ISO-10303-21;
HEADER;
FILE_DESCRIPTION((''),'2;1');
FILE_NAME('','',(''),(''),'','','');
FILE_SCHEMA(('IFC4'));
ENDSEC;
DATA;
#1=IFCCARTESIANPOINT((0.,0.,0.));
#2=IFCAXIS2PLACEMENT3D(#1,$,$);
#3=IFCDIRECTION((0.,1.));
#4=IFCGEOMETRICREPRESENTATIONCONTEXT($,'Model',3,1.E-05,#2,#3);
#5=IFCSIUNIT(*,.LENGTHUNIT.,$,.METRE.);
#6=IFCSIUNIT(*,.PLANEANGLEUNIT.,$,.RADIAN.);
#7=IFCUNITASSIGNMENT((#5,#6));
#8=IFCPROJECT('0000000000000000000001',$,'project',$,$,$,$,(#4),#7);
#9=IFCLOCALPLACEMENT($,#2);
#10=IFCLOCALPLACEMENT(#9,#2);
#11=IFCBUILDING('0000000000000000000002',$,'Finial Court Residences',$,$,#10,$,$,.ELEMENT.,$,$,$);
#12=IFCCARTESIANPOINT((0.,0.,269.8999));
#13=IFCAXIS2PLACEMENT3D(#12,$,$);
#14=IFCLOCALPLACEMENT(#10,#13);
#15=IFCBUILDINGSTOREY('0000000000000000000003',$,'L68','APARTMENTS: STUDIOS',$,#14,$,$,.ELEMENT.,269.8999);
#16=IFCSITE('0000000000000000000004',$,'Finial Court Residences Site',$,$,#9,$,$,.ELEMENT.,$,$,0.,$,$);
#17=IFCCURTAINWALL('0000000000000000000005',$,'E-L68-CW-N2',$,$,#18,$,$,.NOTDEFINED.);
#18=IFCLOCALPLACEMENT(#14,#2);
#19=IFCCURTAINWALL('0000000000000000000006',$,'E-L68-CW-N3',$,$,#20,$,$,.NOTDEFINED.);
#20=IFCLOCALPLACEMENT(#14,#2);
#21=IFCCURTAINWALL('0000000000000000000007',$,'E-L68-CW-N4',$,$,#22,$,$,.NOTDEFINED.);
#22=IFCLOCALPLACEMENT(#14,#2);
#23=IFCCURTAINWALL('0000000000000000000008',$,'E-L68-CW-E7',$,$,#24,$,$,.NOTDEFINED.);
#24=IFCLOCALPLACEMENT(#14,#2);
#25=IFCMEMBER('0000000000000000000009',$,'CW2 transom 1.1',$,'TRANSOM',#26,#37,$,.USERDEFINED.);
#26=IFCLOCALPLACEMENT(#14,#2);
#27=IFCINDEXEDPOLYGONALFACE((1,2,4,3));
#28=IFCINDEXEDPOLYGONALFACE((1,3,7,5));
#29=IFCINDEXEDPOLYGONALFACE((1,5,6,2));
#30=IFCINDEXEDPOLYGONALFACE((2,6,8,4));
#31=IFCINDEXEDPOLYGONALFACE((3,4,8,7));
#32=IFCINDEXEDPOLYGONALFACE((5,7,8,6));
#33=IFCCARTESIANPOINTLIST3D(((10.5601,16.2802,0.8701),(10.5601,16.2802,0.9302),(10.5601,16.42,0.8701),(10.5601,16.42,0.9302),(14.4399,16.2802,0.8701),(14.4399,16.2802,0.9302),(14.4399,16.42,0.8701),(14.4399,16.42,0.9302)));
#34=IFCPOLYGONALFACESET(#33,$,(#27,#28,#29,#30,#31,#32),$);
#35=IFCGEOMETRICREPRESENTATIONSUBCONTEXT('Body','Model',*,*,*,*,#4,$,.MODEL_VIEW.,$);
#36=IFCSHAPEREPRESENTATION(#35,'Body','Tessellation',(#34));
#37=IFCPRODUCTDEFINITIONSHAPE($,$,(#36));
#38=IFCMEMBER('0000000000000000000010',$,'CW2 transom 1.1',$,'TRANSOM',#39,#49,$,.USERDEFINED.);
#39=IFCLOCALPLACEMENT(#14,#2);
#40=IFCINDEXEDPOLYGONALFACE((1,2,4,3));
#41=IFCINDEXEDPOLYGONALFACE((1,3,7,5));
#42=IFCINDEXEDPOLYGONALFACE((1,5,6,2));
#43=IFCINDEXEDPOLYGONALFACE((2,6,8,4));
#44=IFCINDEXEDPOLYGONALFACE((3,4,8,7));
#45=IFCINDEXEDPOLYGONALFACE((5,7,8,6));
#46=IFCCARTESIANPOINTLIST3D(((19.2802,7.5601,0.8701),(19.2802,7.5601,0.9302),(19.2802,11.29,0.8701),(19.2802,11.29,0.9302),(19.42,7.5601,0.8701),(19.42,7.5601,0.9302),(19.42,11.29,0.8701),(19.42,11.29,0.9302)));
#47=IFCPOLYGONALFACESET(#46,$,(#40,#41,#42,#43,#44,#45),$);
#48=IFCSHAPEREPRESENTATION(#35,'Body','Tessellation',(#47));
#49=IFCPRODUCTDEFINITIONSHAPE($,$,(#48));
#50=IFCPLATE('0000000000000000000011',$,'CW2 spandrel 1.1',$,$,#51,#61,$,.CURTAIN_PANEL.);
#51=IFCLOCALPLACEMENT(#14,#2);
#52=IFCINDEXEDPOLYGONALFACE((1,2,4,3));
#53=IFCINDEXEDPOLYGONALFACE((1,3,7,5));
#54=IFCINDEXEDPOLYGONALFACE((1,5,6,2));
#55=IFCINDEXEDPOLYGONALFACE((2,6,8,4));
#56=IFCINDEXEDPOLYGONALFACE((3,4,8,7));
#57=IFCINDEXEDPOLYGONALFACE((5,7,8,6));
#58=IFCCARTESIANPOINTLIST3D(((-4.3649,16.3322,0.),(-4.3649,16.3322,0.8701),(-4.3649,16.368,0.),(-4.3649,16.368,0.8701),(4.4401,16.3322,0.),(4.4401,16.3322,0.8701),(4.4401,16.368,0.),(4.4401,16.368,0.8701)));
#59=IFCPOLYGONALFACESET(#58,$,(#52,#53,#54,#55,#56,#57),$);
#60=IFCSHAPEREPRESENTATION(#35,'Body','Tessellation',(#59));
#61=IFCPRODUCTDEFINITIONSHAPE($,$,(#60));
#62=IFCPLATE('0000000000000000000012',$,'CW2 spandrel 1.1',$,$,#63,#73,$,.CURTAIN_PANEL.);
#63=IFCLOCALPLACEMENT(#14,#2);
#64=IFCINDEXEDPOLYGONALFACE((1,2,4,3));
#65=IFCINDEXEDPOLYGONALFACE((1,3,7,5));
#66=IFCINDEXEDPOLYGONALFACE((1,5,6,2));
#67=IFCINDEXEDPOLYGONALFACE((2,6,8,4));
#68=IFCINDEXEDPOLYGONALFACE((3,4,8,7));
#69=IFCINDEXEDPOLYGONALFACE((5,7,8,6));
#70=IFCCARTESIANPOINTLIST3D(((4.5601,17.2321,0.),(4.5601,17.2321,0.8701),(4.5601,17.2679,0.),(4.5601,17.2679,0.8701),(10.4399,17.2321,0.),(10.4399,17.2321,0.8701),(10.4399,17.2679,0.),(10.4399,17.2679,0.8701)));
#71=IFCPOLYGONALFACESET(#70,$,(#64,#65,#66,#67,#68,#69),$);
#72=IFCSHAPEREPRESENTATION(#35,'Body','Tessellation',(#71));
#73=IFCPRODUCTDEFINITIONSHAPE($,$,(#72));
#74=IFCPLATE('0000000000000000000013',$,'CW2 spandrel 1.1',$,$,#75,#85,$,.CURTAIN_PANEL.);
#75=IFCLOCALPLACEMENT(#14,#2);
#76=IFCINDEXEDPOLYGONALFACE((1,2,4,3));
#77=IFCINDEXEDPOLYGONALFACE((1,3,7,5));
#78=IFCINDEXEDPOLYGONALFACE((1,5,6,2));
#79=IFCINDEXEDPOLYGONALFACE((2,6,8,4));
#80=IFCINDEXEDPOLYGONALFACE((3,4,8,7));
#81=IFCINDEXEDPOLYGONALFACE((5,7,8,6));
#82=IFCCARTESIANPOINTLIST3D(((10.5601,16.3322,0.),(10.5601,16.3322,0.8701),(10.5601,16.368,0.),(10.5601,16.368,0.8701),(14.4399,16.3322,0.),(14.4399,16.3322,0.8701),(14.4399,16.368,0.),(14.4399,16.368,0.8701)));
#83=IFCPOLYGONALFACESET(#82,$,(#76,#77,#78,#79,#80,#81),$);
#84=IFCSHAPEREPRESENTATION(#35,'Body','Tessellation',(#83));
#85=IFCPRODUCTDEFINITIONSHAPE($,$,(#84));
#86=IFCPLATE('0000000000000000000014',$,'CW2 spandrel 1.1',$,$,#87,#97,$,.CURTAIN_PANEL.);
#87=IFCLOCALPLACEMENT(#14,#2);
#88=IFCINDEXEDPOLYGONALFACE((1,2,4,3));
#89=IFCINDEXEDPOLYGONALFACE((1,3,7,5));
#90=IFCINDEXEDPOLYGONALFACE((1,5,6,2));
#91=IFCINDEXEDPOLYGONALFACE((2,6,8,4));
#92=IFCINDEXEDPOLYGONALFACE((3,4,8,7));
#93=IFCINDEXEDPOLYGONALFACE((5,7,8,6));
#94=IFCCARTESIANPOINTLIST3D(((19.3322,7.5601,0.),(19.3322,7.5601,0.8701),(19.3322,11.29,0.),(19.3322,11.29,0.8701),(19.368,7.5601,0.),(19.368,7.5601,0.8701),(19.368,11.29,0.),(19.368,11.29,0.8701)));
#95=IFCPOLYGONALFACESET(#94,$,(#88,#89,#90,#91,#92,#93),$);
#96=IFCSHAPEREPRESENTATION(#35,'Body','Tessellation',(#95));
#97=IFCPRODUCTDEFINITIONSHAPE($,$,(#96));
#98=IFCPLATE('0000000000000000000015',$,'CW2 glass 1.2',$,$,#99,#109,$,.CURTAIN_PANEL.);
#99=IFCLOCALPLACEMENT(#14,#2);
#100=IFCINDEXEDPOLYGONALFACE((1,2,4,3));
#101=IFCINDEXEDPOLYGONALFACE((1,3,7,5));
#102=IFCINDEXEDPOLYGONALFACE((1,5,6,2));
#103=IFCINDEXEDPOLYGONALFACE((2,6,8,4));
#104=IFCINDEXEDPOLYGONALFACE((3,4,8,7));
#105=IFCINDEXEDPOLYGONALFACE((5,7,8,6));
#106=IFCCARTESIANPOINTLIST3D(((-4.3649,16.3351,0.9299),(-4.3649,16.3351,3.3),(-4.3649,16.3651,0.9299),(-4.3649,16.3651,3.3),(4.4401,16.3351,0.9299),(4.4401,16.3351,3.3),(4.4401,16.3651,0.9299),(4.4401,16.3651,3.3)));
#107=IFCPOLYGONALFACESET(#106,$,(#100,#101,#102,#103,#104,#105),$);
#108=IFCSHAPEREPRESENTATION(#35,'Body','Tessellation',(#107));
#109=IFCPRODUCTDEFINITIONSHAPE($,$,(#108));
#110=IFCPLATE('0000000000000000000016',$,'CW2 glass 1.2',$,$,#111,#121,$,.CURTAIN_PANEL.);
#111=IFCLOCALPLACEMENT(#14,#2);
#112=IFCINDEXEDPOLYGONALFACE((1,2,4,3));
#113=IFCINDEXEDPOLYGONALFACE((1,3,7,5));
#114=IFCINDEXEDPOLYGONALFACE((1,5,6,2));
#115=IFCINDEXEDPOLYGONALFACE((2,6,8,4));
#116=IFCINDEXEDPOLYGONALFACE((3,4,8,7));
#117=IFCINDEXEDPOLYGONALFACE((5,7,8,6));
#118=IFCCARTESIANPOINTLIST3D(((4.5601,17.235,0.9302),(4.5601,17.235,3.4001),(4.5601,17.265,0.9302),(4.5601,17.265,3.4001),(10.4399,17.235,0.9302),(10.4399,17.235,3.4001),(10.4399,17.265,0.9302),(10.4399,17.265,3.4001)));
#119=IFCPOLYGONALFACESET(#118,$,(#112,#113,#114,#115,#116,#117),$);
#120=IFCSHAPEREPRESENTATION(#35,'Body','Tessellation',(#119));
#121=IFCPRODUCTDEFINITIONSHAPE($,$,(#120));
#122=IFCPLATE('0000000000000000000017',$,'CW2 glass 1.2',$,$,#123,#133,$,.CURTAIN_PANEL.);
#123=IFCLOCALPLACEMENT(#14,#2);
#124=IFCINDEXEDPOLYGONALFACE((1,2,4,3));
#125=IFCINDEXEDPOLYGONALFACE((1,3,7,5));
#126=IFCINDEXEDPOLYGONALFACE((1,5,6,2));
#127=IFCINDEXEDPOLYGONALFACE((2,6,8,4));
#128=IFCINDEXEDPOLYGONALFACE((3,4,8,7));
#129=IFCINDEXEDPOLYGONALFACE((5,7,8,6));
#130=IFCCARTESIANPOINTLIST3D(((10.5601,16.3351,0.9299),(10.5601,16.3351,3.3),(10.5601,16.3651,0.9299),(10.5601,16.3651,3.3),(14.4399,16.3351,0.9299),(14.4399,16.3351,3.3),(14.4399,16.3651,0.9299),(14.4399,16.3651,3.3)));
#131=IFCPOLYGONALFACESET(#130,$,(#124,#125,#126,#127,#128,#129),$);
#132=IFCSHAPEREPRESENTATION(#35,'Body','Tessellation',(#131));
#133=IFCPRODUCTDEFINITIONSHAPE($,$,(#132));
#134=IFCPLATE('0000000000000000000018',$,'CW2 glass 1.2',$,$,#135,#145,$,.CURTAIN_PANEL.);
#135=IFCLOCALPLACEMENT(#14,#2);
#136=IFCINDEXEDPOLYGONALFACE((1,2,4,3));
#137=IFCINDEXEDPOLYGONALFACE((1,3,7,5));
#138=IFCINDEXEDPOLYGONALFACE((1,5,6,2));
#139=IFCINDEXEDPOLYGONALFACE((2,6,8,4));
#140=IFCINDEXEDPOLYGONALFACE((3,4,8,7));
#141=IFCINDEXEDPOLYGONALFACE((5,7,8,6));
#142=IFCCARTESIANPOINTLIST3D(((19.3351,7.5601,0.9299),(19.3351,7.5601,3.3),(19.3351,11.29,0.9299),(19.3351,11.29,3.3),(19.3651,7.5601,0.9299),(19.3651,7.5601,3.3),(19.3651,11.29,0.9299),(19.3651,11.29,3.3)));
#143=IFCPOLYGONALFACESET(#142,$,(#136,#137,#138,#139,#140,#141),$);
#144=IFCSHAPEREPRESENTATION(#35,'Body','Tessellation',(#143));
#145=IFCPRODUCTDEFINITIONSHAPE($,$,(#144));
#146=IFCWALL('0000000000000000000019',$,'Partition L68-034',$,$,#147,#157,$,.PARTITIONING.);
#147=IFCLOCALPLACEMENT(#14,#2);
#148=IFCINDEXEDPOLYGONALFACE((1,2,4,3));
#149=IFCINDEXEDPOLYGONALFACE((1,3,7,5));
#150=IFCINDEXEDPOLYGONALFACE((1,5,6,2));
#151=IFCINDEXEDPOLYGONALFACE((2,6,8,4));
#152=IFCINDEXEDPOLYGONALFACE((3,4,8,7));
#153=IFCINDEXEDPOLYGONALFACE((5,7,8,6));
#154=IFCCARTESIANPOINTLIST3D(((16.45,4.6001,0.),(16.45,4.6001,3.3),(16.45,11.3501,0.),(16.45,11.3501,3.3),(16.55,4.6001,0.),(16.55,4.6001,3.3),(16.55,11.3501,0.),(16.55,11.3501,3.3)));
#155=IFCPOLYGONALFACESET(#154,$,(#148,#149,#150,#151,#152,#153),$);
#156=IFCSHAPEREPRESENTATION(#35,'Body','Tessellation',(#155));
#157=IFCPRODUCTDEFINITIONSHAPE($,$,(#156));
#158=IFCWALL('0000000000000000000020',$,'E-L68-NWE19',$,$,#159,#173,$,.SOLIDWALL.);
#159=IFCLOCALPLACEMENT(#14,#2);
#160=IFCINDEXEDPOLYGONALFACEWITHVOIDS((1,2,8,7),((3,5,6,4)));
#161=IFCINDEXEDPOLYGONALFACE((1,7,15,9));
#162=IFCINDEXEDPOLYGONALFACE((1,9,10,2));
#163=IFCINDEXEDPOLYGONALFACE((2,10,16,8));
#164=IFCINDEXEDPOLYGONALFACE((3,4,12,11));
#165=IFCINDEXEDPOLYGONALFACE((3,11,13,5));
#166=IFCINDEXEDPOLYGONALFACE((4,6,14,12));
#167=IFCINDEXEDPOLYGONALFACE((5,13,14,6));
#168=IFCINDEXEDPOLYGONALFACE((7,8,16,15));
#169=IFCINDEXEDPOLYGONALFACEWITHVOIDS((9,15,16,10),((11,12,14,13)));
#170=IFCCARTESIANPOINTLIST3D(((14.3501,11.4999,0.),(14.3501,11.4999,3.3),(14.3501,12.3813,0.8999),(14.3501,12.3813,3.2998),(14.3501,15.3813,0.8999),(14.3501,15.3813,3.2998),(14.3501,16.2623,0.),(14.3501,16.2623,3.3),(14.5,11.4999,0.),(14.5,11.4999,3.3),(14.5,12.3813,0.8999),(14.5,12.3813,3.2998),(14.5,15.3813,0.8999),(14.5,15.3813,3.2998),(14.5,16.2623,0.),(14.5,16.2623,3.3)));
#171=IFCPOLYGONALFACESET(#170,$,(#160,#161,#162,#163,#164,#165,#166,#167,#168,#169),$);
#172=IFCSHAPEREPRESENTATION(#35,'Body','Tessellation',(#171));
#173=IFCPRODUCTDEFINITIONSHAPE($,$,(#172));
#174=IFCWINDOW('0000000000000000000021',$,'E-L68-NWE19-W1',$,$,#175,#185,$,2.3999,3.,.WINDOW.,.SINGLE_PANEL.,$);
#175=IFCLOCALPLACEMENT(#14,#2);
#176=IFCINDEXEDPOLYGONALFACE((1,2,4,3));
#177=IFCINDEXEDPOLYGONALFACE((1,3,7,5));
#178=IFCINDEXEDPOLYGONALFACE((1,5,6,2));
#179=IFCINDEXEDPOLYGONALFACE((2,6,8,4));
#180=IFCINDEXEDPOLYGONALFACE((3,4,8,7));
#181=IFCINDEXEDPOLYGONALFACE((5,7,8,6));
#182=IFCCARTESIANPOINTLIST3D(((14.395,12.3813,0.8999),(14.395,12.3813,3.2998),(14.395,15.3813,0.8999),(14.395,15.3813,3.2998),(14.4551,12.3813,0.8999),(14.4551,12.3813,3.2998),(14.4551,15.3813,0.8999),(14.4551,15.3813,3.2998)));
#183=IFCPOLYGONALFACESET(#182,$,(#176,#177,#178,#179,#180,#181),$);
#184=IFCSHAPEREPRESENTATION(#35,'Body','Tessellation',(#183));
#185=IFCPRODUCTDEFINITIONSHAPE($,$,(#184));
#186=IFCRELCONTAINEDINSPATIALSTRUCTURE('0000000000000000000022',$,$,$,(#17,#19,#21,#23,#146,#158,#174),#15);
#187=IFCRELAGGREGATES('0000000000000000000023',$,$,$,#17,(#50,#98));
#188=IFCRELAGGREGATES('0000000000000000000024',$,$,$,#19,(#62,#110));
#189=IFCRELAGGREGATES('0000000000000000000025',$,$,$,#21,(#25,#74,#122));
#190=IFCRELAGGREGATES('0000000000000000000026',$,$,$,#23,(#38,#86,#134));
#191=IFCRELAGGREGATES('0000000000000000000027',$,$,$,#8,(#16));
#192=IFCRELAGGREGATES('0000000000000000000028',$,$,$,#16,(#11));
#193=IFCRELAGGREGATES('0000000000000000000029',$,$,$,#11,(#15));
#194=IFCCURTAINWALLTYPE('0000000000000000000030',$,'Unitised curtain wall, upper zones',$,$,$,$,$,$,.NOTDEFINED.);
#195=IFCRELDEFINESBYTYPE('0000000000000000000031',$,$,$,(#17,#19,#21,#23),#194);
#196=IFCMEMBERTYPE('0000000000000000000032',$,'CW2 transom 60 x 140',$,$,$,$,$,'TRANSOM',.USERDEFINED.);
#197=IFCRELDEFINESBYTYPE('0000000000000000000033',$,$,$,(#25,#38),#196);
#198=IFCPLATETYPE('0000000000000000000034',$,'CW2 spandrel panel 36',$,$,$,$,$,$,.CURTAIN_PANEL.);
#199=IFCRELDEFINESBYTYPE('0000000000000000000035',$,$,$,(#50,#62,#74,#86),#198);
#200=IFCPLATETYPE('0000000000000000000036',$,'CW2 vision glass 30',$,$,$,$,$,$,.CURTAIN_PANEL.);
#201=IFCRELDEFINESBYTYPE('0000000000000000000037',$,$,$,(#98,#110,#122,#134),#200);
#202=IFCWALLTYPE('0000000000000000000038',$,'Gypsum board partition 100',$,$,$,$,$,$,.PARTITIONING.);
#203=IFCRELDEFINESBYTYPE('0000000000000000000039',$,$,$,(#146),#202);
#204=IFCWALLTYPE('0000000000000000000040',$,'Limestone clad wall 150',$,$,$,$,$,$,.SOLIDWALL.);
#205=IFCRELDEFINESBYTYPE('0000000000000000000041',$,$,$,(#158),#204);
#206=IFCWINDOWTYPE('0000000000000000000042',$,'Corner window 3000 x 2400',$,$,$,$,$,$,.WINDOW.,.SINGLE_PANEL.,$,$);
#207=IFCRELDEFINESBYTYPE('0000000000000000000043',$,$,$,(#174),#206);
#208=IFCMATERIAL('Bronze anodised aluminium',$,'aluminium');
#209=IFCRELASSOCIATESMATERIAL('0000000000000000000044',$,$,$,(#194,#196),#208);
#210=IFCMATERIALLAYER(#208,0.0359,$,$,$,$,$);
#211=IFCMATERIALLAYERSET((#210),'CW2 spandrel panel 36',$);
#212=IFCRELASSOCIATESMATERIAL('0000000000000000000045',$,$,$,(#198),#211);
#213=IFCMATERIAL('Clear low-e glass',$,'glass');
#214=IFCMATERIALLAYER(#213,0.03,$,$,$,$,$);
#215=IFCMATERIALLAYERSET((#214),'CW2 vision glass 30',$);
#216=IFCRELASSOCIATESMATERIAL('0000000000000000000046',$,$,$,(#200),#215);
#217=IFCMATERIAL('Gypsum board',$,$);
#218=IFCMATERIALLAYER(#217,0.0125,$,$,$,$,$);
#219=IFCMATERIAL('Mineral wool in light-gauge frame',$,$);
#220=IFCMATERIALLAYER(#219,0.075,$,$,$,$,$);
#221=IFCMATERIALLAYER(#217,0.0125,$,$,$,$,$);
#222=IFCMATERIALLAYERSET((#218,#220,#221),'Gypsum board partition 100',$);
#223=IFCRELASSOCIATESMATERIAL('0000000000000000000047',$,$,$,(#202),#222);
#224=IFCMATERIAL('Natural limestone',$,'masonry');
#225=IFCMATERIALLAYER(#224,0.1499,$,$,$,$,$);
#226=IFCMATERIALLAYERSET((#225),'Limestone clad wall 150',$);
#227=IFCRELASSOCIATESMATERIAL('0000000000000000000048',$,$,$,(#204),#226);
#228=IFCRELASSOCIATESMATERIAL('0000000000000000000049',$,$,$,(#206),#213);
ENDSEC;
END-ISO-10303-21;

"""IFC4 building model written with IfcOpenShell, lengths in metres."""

from ifc_helpers import new_model, si_unit, direction, frame, frame_2d, origin, origin_2d, place, context, subcontext, project, spatial, rectangle, extrude, material, layer, layer_set, material_profile, profile_set, type_object, element, fill, aggregate, save


model = new_model("IFC4")

# Units and contexts
model_context = context("Model", 3, precision=1e-05, world=origin(), true_north=direction((0.0, 1.0)))
body_context = subcontext(model_context, "Body", "Model", "MODEL_VIEW")
ifc_project = project(units=[si_unit("LENGTHUNIT", "METRE"), si_unit("PLANEANGLEUNIT", "RADIAN")], contexts=[model_context])

# Site, building, storey
site_placement = place(None, origin())
site = spatial("IfcSite", under=ifc_project, at=site_placement, Name="Finial Court Residences Site", CompositionType="ELEMENT", RefElevation=0.0)
building_placement = place(site_placement, origin())
building = spatial("IfcBuilding", under=site, at=building_placement, Name="Finial Court Residences", CompositionType="ELEMENT")
storey_placement = place(building_placement, frame((0.0, 0.0, 269.8999)))
storey = spatial("IfcBuildingStorey", under=building, at=storey_placement, Name="L68", Description="APARTMENTS: STUDIOS", CompositionType="ELEMENT", Elevation=269.8999)

# Curtain wall
ifc_material_1 = material(Name="Bronze anodised aluminium", Category="aluminium")
curtain_wall_type = type_object("IfcCurtainWallType", Name="Unitised curtain wall, upper zones", PredefinedType="NOTDEFINED", material=ifc_material_1)
curtain_wall_1_placement = place(storey_placement, origin())
curtain_wall_1 = element("IfcCurtainWall", 1, at=curtain_wall_1_placement, inside=storey, type_object=curtain_wall_type, Name="E-L68-CW-N2", PredefinedType="NOTDEFINED")

# Curtain walls
curtain_wall_2_placement = place(storey_placement, origin())
curtain_wall_2 = element("IfcCurtainWall", 2, at=curtain_wall_2_placement, inside=storey, type_object=curtain_wall_type, Name="E-L68-CW-N3", PredefinedType="NOTDEFINED")
curtain_wall_3_placement = place(storey_placement, origin())
curtain_wall_3 = element("IfcCurtainWall", 3, at=curtain_wall_3_placement, inside=storey, type_object=curtain_wall_type, Name="E-L68-CW-N4", PredefinedType="NOTDEFINED")

# Curtain wall
curtain_wall_4_placement = place(storey_placement, origin())
curtain_wall_4 = element("IfcCurtainWall", 4, at=curtain_wall_4_placement, inside=storey, type_object=curtain_wall_type, Name="E-L68-CW-E7", PredefinedType="NOTDEFINED")

# Members
ifc_material_profile_1 = material_profile(ifc_material_1, rectangle(XDim=0.1399, YDim=0.0601, at=origin_2d()), Name="CW2 transom 60 x 140")
ifc_profile_set_1 = profile_set([ifc_material_profile_1], Name="Bronze anodised aluminium")
member_type_1 = type_object("IfcMemberType", Name="CW2 transom 60 x 140", ElementType="TRANSOM", PredefinedType="USERDEFINED", material=ifc_profile_set_1)
member_1_placement = place(storey_placement, frame((10.5601, 16.3501, 0.9001), z_axis=(1.0, 0.0, 0.0), x_axis=(0.0, 1.0, 0.0)))
member_1 = element("IfcMember", 5, at=member_1_placement, type_object=member_type_1, Name="CW2 transom 1.1", ObjectType="TRANSOM", PredefinedType="USERDEFINED", context=body_context, shape_type="SweptSolid", body=[
    extrude(rectangle(XDim=0.1399, YDim=0.0601, at=origin_2d()), origin(), (0.0, 0.0, 1.0), 3.8799),
])
member_2_placement = place(storey_placement, frame((19.3501, 7.5601, 0.9001), z_axis=(0.0, 1.0, 0.0), x_axis=(-1.0, 0.0, 0.0)))
member_2 = element("IfcMember", 6, at=member_2_placement, type_object=member_type_1, Name="CW2 transom 1.1", ObjectType="TRANSOM", PredefinedType="USERDEFINED", context=body_context, shape_type="SweptSolid", body=[
    extrude(rectangle(XDim=0.1399, YDim=0.0601, at=origin_2d()), origin(), (0.0, 0.0, 1.0), 3.73),
])

# Plates
ifc_layer_1 = layer(ifc_material_1, 0.0359)
ifc_layer_set_1 = layer_set([ifc_layer_1], Name="CW2 spandrel panel 36")
plate_type_1 = type_object("IfcPlateType", Name="CW2 spandrel panel 36", PredefinedType="CURTAIN_PANEL", material=ifc_layer_set_1)
plate_1_placement = place(storey_placement, frame((0.0376, 16.3501, 0.0), z_axis=(0.0, 0.0, 1.0), x_axis=(1.0, 0.0, 0.0)))
plate_1 = element("IfcPlate", 7, at=plate_1_placement, type_object=plate_type_1, Name="CW2 spandrel 1.1", PredefinedType="CURTAIN_PANEL", context=body_context, shape_type="SweptSolid", body=[
    extrude(rectangle(XDim=8.8049, YDim=0.0359, at=origin_2d()), origin(), (0.0, 0.0, 1.0), 0.8701),
])
plate_2_placement = place(storey_placement, frame((7.5, 17.25, 0.0), z_axis=(0.0, 0.0, 1.0), x_axis=(1.0, 0.0, 0.0)))
plate_2 = element("IfcPlate", 8, at=plate_2_placement, type_object=plate_type_1, Name="CW2 spandrel 1.1", PredefinedType="CURTAIN_PANEL", context=body_context, shape_type="SweptSolid", body=[
    extrude(rectangle(XDim=5.8799, YDim=0.0359, at=origin_2d()), origin(), (0.0, 0.0, 1.0), 0.8701),
])
plate_3_placement = place(storey_placement, frame((12.5, 16.3501, 0.0), z_axis=(0.0, 0.0, 1.0), x_axis=(1.0, 0.0, 0.0)))
plate_3 = element("IfcPlate", 9, at=plate_3_placement, type_object=plate_type_1, Name="CW2 spandrel 1.1", PredefinedType="CURTAIN_PANEL", context=body_context, shape_type="SweptSolid", body=[
    extrude(rectangle(XDim=3.8799, YDim=0.0359, at=origin_2d()), origin(), (0.0, 0.0, 1.0), 0.8701),
])
plate_4_placement = place(storey_placement, frame((19.3501, 9.425, 0.0), z_axis=(0.0, 0.0, 1.0), x_axis=(0.0, 1.0, 0.0)))
plate_4 = element("IfcPlate", 10, at=plate_4_placement, type_object=plate_type_1, Name="CW2 spandrel 1.1", PredefinedType="CURTAIN_PANEL", context=body_context, shape_type="SweptSolid", body=[
    extrude(rectangle(XDim=3.73, YDim=0.0359, at=origin_2d()), origin(), (0.0, 0.0, 1.0), 0.8701),
])
ifc_material_2 = material(Name="Clear low-e glass", Category="glass")
ifc_layer_2 = layer(ifc_material_2, 0.03)
ifc_layer_set_2 = layer_set([ifc_layer_2], Name="CW2 vision glass 30")
plate_type_2 = type_object("IfcPlateType", Name="CW2 vision glass 30", PredefinedType="CURTAIN_PANEL", material=ifc_layer_set_2)
plate_5_placement = place(storey_placement, frame((0.0376, 16.3501, 0.9299), z_axis=(0.0, 0.0, 1.0), x_axis=(1.0, 0.0, 0.0)))
plate_5 = element("IfcPlate", 11, at=plate_5_placement, type_object=plate_type_2, Name="CW2 glass 1.2", PredefinedType="CURTAIN_PANEL", context=body_context, shape_type="SweptSolid", body=[
    extrude(rectangle(XDim=8.8049, YDim=0.03, at=origin_2d()), origin(), (0.0, 0.0, 1.0), 2.3701),
])
aggregate(curtain_wall_1, [plate_1, plate_5])
plate_6_placement = place(storey_placement, frame((7.5, 17.25, 0.9302), z_axis=(0.0, 0.0, 1.0), x_axis=(1.0, 0.0, 0.0)))
plate_6 = element("IfcPlate", 12, at=plate_6_placement, type_object=plate_type_2, Name="CW2 glass 1.2", PredefinedType="CURTAIN_PANEL", context=body_context, shape_type="SweptSolid", body=[
    extrude(rectangle(XDim=5.8799, YDim=0.03, at=origin_2d()), origin(), (0.0, 0.0, 1.0), 2.47),
])
aggregate(curtain_wall_2, [plate_2, plate_6])
plate_7_placement = place(storey_placement, frame((12.5, 16.3501, 0.9299), z_axis=(0.0, 0.0, 1.0), x_axis=(1.0, 0.0, 0.0)))
plate_7 = element("IfcPlate", 13, at=plate_7_placement, type_object=plate_type_2, Name="CW2 glass 1.2", PredefinedType="CURTAIN_PANEL", context=body_context, shape_type="SweptSolid", body=[
    extrude(rectangle(XDim=3.8799, YDim=0.03, at=origin_2d()), origin(), (0.0, 0.0, 1.0), 2.3701),
])
aggregate(curtain_wall_3, [member_1, plate_3, plate_7])
plate_8_placement = place(storey_placement, frame((19.3501, 9.425, 0.9299), z_axis=(0.0, 0.0, 1.0), x_axis=(0.0, 1.0, 0.0)))
plate_8 = element("IfcPlate", 14, at=plate_8_placement, type_object=plate_type_2, Name="CW2 glass 1.2", PredefinedType="CURTAIN_PANEL", context=body_context, shape_type="SweptSolid", body=[
    extrude(rectangle(XDim=3.73, YDim=0.03, at=origin_2d()), origin(), (0.0, 0.0, 1.0), 2.3701),
])
aggregate(curtain_wall_4, [member_2, plate_4, plate_8])

# Wall
ifc_material_3 = material(Name="Gypsum board")
ifc_layer_3 = layer(ifc_material_3, 0.0125)
ifc_material_4 = material(Name="Mineral wool in light-gauge frame")
ifc_layer_4 = layer(ifc_material_4, 0.075)
ifc_layer_5 = layer(ifc_material_3, 0.0125)
ifc_layer_set_3 = layer_set([ifc_layer_3, ifc_layer_4, ifc_layer_5], Name="Gypsum board partition 100")
wall_type_1 = type_object("IfcWallType", Name="Gypsum board partition 100", PredefinedType="PARTITIONING", material=ifc_layer_set_3)
wall_1_placement = place(storey_placement, frame((16.5, 4.6001, 0.0), z_axis=(0.0, 0.0, 1.0), x_axis=(0.0, 1.0, 0.0)))
element("IfcWall", 15, at=wall_1_placement, inside=storey, type_object=wall_type_1, Name="Partition L68-034", PredefinedType="PARTITIONING", context=body_context, shape_type="SweptSolid", body=[
    extrude(rectangle(XDim=6.75, YDim=0.1001, at=frame_2d((3.375, 0.0))), origin(), (0.0, 0.0, 1.0), 3.3),
])

# Wall, opening, window
ifc_material_5 = material(Name="Natural limestone", Category="masonry")
ifc_layer_6 = layer(ifc_material_5, 0.1499)
ifc_layer_set_4 = layer_set([ifc_layer_6], Name="Limestone clad wall 150")
wall_type_2 = type_object("IfcWallType", Name="Limestone clad wall 150", PredefinedType="SOLIDWALL", material=ifc_layer_set_4)
wall_2_placement = place(storey_placement, frame((14.425, 16.2625, 0.0), z_axis=(0.0, 0.0, 1.0), x_axis=(0.0, -1.0, 0.0)))
wall_2 = element("IfcWall", 16, at=wall_2_placement, inside=storey, type_object=wall_type_2, Name="E-L68-NWE19", PredefinedType="SOLIDWALL", context=body_context, shape_type="SweptSolid", body=[
    extrude(rectangle(XDim=4.7625, YDim=0.1499, at=frame_2d((2.3813, 0.0))), origin(), (0.0, 0.0, 1.0), 3.3),
])
opening_1_placement = place(wall_2_placement, frame((0.8811, 0.0, 0.8999)))
opening_1 = element("IfcOpeningElement", 17, at=opening_1_placement, cuts=wall_2, PredefinedType="OPENING", context=body_context, shape_type="SweptSolid", body=[
    extrude(rectangle(XDim=3.0, YDim=2.3999, at=frame_2d((1.5, 1.2))), frame((0.0, 0.085, 0.0), z_axis=(0.0, -1.0, 0.0), x_axis=(1.0, 0.0, 0.0)), (0.0, 0.0, 1.0), 0.1699),
])
window_type_1 = type_object("IfcWindowType", Name="Corner window 3000 x 2400", PartitioningType="SINGLE_PANEL", PredefinedType="WINDOW", material=ifc_material_2)
window_1_placement = place(opening_1_placement, origin())
window_1 = element("IfcWindow", 18, at=window_1_placement, inside=storey, type_object=window_type_1, Name="E-L68-NWE19-W1", OverallHeight=2.3999, OverallWidth=3.0, PartitioningType="SINGLE_PANEL", PredefinedType="WINDOW", context=body_context, shape_type="SweptSolid", body=[
    extrude(rectangle(XDim=3.0, YDim=2.3999, at=frame_2d((1.5, 1.2))), frame((0.0, 0.03, 0.0), z_axis=(0.0, -1.0, 0.0), x_axis=(1.0, 0.0, 0.0)), (0.0, 0.0, 1.0), 0.0601),
])
fill(opening_1, window_1)

save(model, "model.ifc")
